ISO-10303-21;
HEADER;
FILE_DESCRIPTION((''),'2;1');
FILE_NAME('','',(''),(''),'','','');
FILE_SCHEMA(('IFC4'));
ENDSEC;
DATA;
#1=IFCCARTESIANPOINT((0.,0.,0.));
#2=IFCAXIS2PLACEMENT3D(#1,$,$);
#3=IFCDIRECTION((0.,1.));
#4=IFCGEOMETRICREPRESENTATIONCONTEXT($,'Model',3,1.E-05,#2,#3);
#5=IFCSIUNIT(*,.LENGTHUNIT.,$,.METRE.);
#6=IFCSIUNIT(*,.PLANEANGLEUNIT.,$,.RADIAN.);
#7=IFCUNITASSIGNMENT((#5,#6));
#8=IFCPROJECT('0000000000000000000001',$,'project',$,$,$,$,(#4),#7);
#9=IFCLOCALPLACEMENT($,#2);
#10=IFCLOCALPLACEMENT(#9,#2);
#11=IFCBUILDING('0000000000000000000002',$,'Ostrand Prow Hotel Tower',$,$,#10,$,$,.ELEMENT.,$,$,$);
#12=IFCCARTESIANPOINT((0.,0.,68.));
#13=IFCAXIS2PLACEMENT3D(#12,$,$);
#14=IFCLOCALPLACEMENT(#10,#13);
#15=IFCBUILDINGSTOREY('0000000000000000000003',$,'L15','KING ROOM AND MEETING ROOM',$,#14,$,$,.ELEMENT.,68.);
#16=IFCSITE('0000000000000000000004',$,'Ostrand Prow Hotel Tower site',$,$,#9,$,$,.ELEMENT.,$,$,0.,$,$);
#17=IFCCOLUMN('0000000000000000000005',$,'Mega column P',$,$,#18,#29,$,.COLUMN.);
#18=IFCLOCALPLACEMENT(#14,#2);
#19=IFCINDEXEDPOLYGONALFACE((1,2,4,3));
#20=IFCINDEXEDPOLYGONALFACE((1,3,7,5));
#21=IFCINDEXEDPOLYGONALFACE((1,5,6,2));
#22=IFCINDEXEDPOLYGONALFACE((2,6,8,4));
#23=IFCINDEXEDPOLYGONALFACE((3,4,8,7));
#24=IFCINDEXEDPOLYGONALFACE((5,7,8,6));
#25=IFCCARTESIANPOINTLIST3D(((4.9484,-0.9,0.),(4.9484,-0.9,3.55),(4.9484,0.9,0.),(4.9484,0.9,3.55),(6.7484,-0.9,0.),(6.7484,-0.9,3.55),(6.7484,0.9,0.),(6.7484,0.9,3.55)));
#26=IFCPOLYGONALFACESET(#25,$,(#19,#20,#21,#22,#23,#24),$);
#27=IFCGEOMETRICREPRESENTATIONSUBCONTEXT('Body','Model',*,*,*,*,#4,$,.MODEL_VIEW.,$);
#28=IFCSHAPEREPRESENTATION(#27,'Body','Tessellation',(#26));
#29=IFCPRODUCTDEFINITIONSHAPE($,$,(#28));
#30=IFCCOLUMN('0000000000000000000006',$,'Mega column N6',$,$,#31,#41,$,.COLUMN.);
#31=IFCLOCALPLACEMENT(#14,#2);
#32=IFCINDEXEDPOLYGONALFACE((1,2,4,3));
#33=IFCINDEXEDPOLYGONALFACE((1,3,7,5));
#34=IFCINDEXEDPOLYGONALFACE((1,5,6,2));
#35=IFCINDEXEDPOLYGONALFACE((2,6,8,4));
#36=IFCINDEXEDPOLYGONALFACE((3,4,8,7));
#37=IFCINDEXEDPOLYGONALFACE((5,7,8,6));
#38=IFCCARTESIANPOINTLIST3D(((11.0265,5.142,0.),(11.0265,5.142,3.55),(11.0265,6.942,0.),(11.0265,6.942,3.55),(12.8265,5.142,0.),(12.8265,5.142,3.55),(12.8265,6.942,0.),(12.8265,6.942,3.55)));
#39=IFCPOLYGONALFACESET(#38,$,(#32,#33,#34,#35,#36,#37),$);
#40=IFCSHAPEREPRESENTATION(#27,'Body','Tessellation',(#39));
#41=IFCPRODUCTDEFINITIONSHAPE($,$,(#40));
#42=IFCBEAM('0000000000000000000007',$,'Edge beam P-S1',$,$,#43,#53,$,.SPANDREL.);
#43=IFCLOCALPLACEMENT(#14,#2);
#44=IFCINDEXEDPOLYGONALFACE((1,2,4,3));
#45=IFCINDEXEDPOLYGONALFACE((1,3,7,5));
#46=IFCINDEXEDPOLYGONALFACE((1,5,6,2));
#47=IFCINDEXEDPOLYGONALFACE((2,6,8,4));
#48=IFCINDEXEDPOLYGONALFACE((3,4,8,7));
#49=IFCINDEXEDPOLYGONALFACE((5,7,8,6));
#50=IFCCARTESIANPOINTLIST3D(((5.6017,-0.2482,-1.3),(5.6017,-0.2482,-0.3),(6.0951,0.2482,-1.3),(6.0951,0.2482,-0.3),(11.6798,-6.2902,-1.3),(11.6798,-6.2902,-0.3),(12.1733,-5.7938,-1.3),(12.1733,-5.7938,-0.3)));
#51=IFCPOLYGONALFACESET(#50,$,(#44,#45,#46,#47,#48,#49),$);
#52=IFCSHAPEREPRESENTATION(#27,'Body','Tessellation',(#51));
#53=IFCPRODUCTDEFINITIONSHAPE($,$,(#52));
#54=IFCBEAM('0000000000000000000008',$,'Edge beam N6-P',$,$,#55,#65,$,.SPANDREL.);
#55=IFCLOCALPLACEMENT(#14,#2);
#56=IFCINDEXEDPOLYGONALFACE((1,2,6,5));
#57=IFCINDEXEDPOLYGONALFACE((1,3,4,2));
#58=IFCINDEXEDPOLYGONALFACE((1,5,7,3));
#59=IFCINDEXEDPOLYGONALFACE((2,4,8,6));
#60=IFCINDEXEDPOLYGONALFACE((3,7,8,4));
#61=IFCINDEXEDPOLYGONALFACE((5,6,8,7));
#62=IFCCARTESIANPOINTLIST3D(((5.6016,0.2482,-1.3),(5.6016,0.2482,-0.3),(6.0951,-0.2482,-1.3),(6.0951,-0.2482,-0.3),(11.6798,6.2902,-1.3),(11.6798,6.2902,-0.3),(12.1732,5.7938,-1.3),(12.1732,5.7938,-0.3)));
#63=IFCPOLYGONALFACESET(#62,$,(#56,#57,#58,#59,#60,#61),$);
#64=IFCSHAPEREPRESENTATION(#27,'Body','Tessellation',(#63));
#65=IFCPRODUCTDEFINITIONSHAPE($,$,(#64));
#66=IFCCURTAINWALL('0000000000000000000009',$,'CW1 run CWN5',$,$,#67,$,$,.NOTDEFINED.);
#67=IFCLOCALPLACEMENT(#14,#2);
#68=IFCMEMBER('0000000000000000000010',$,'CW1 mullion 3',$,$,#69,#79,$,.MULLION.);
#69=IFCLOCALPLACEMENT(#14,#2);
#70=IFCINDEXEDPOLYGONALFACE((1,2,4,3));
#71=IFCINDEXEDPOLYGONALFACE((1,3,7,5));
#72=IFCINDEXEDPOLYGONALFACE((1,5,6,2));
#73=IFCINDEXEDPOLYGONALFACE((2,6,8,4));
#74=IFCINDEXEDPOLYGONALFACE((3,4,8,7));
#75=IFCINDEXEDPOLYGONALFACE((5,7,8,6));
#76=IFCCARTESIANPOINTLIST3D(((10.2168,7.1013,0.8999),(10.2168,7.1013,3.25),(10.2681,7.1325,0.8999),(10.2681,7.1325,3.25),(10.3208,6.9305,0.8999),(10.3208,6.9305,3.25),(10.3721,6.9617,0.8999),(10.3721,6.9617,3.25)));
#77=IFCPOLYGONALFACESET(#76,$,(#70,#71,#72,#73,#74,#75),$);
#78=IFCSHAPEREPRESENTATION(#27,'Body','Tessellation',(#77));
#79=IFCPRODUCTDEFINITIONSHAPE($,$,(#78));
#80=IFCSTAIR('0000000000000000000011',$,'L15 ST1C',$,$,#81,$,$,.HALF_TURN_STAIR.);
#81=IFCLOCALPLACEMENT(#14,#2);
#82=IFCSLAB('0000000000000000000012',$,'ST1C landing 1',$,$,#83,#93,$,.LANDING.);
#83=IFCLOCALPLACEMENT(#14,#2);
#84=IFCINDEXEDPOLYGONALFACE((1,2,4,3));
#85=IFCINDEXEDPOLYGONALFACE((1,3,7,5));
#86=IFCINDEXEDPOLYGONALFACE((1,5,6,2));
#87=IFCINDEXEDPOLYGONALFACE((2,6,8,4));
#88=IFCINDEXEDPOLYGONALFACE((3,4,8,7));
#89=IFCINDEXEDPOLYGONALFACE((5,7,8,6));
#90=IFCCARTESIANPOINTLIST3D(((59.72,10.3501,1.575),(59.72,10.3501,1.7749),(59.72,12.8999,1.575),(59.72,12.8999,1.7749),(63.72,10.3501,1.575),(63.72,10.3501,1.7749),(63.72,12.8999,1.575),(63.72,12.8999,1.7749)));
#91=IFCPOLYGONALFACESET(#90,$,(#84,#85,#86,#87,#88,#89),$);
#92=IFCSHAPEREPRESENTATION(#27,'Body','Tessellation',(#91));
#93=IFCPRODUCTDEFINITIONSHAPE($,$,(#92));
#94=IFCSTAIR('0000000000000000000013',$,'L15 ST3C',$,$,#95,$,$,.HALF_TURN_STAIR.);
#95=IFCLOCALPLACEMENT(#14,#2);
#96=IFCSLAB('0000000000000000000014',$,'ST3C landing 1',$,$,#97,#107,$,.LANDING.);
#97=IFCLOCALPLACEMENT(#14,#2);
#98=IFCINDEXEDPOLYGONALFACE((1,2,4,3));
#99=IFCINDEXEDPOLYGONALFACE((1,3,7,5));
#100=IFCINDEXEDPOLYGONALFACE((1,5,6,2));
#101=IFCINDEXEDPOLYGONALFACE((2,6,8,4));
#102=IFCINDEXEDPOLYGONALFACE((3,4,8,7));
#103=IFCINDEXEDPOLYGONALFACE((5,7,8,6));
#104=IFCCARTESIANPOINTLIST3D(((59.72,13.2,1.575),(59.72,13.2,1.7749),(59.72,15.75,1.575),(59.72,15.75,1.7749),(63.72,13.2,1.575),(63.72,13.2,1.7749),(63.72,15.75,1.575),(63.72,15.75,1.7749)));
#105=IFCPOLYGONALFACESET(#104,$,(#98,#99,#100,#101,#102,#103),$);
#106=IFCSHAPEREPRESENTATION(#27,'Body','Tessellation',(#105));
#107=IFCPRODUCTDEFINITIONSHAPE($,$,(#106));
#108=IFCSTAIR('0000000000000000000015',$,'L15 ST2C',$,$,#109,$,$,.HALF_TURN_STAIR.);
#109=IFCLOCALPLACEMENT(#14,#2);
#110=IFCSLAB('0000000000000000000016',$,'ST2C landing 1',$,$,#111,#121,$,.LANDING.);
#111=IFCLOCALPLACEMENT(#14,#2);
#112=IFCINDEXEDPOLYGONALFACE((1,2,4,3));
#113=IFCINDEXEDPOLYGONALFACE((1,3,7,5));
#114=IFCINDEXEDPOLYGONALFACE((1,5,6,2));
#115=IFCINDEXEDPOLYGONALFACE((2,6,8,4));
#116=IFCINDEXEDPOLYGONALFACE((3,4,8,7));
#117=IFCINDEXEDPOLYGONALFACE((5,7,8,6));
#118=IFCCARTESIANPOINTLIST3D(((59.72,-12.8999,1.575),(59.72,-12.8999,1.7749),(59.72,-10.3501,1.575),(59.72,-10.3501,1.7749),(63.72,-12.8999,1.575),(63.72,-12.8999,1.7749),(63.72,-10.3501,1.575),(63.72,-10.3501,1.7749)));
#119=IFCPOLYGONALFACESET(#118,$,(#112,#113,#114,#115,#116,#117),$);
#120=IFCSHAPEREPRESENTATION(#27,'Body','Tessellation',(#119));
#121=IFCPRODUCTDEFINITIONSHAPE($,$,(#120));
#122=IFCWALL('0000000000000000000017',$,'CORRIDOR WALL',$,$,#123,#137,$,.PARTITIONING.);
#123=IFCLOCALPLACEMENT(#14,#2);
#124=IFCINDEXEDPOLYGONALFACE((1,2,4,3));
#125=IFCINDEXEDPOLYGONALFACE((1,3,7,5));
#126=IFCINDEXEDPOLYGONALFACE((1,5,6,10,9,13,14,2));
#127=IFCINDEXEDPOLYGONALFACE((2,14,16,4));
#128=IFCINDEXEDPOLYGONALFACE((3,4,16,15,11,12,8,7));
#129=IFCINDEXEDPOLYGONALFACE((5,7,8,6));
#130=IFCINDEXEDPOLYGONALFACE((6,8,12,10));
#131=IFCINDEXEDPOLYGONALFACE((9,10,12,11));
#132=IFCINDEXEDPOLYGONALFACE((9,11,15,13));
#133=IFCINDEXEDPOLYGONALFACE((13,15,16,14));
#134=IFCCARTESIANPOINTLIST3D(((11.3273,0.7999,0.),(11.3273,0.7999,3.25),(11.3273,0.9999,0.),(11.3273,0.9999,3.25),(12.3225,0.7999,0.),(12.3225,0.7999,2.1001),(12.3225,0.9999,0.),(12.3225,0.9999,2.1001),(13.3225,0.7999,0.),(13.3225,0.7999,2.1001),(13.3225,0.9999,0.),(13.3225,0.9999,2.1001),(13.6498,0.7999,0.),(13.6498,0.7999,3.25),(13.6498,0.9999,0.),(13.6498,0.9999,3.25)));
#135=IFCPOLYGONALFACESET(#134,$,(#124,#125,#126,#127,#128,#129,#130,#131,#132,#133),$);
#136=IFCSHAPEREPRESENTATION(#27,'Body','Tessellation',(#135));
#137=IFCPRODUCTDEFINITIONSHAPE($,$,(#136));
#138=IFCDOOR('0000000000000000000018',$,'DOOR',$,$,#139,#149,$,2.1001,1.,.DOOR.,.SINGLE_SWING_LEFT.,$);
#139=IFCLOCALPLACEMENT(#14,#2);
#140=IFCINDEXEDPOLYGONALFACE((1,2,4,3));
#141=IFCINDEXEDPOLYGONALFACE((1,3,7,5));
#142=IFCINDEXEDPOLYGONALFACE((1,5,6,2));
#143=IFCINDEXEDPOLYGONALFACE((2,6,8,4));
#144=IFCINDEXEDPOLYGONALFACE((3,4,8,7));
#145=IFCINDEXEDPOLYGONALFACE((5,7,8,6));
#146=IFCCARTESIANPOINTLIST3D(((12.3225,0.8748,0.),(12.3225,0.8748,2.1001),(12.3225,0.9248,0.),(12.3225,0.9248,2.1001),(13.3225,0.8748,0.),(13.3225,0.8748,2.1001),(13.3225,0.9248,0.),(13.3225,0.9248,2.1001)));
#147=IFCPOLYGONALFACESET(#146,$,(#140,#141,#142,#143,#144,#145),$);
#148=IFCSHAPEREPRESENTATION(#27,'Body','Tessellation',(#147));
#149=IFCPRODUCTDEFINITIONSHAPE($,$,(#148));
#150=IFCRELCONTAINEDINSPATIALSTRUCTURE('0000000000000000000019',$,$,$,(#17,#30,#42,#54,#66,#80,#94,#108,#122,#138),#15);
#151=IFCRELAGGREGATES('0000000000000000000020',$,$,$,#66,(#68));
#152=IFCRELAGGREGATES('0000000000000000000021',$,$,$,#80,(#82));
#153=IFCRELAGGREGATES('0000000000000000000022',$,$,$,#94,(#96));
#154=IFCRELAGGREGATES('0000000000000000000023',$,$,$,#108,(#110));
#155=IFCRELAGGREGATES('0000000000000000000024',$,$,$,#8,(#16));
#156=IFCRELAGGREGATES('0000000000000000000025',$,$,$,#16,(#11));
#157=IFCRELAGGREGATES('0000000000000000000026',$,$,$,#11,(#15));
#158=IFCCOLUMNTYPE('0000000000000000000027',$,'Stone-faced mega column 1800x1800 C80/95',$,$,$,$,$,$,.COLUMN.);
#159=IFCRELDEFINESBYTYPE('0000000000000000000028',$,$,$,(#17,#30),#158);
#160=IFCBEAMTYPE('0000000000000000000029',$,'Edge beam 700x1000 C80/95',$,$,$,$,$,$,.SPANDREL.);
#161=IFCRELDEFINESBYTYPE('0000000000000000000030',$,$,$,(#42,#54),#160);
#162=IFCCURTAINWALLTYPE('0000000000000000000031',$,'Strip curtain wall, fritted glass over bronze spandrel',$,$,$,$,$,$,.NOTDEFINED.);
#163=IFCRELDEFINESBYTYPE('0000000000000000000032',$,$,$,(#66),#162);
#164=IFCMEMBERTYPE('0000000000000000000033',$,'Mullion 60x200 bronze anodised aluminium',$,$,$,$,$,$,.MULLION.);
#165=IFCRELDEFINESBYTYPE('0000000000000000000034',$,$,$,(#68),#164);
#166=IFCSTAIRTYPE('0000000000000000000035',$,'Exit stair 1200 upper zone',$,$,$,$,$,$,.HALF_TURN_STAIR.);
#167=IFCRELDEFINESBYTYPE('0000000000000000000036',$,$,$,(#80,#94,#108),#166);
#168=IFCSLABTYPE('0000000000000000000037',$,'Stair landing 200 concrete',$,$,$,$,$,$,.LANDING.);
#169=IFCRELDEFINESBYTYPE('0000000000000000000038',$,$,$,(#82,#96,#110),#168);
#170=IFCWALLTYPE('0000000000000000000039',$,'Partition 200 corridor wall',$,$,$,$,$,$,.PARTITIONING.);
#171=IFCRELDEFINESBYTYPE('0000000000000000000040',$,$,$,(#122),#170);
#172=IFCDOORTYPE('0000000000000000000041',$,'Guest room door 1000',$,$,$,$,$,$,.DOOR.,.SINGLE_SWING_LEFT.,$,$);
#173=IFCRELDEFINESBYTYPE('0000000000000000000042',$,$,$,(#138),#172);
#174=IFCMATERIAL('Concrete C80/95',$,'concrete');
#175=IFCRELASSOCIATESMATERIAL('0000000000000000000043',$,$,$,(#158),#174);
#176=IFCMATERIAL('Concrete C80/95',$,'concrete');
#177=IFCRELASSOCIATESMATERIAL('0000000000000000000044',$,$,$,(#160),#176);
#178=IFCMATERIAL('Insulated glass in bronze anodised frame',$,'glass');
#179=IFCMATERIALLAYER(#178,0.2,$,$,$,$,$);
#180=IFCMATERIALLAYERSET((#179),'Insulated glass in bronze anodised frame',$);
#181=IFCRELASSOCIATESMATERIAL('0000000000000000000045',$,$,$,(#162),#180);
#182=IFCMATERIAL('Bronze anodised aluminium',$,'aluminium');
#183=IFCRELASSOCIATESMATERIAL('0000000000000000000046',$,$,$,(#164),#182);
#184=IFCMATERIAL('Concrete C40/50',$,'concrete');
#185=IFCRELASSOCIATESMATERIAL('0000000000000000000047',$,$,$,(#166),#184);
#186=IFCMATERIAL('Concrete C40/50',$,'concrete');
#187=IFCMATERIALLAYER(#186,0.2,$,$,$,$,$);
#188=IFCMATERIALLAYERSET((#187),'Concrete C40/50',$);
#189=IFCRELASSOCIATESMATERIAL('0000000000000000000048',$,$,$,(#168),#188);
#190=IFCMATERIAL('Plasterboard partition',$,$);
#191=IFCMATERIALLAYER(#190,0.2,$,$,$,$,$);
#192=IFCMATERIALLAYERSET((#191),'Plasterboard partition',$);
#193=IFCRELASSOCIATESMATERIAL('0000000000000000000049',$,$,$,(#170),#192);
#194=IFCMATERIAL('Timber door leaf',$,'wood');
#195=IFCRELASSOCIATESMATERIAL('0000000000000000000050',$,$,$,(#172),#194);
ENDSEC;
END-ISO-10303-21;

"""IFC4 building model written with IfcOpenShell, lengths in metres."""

from ifc_helpers import new_model, si_unit, direction, frame, frame_2d, origin, origin_2d, place, context, subcontext, project, spatial, polyline, rectangle, outline, extrude, material, layer, layer_set, material_profile, profile_set, type_object, element, fill, aggregate, save


model = new_model("IFC4")

# Units and contexts
model_context = context("Model", 3, precision=1e-05, world=origin(), true_north=direction((0.0, 1.0)))
body_context = subcontext(model_context, "Body", "Model", "MODEL_VIEW")
ifc_project = project(units=[si_unit("LENGTHUNIT", "METRE"), si_unit("PLANEANGLEUNIT", "RADIAN")], contexts=[model_context])

# Site, building, storey
site_placement = place(None, origin())
site = spatial("IfcSite", under=ifc_project, at=site_placement, Name="Ostrand Prow Hotel Tower site", CompositionType="ELEMENT", RefElevation=0.0)
building_placement = place(site_placement, origin())
building = spatial("IfcBuilding", under=site, at=building_placement, Name="Ostrand Prow Hotel Tower", CompositionType="ELEMENT")
storey_placement = place(building_placement, frame((0.0, 0.0, 68.0)))
storey = spatial("IfcBuildingStorey", under=building, at=storey_placement, Name="L15", Description="KING ROOM AND MEETING ROOM", CompositionType="ELEMENT", Elevation=68.0)

# Columns
ifc_material_1 = material(Name="Concrete C80/95", Category="concrete")
ifc_material_profile_1 = material_profile(ifc_material_1, rectangle(XDim=1.8, YDim=1.8, at=origin_2d()), Name="RC 1800x1800")
ifc_profile_set_1 = profile_set([ifc_material_profile_1], Name="Concrete C80/95")
column_type = type_object("IfcColumnType", Name="Stone-faced mega column 1800x1800 C80/95", PredefinedType="COLUMN", material=ifc_profile_set_1)
for number, where, z_axis, x_axis, name in (
    (1, (5.8484, 0.0, 0.0), (0.0, 0.0, 1.0), (1.0, 0.0, 0.0), "Mega column P"),
    (2, (11.9265, 6.042, 0.0), (0.0, 0.0, 1.0), (1.0, 0.0, 0.0), "Mega column N6"),
):
    element("IfcColumn", number, at=place(storey_placement, frame(where, z_axis=z_axis, x_axis=x_axis)), inside=storey, type_object=column_type, Name=name, PredefinedType="COLUMN", context=body_context, shape_type="SweptSolid", body=[
        extrude(rectangle(XDim=1.8, YDim=1.8, at=origin_2d()), origin(), (0.0, 0.0, 1.0), 3.55),
    ])

# Beams
ifc_material_2 = material(Name="Concrete C80/95", Category="concrete")
ifc_material_profile_2 = material_profile(ifc_material_2, rectangle(XDim=0.7, YDim=1.0, at=origin_2d()), Name="RC 700x1000")
ifc_profile_set_2 = profile_set([ifc_material_profile_2], Name="Concrete C80/95")
beam_type = type_object("IfcBeamType", Name="Edge beam 700x1000 C80/95", PredefinedType="SPANDREL", material=ifc_profile_set_2)
for number, where, z_axis, x_axis, name in (
    (3, (5.8484, 0.0, -0.8), (0.709212, -0.704996, 0.0), (0.704996, 0.709212, 0.0), "Edge beam P-S1"),
    (4, (11.9265, 6.042, -0.8), (-0.709212, -0.704996, 0.0), (0.704996, -0.709212, 0.0), "Edge beam N6-P"),
):
    element("IfcBeam", number, at=place(storey_placement, frame(where, z_axis=z_axis, x_axis=x_axis)), inside=storey, type_object=beam_type, Name=name, PredefinedType="SPANDREL", context=body_context, shape_type="SweptSolid", body=[
        extrude(rectangle(XDim=0.7, YDim=1.0, at=origin_2d()), origin(), (0.0, 0.0, 1.0), 8.5703),
    ])

# Curtain wall, member
ifc_material_3 = material(Name="Insulated glass in bronze anodised frame", Category="glass")
ifc_layer_1 = layer(ifc_material_3, 0.2)
ifc_layer_set_1 = layer_set([ifc_layer_1], Name="Insulated glass in bronze anodised frame")
curtain_wall_type = type_object("IfcCurtainWallType", Name="Strip curtain wall, fritted glass over bronze spandrel", PredefinedType="NOTDEFINED", material=ifc_layer_set_1)
curtain_wall_placement = place(storey_placement, origin())
curtain_wall = element("IfcCurtainWall", 5, at=curtain_wall_placement, inside=storey, type_object=curtain_wall_type, Name="CW1 run CWN5", PredefinedType="NOTDEFINED")
ifc_material_4 = material(Name="Bronze anodised aluminium", Category="aluminium")
ifc_material_profile_3 = material_profile(ifc_material_4, rectangle(XDim=0.2, YDim=0.0601, at=origin_2d()), Name="Mullion 60x200 bronze anodised aluminium")
ifc_profile_set_3 = profile_set([ifc_material_profile_3], Name="Bronze anodised aluminium")
member_type = type_object("IfcMemberType", Name="Mullion 60x200 bronze anodised aluminium", PredefinedType="MULLION", material=ifc_profile_set_3)
member_placement = place(storey_placement, frame((10.2944, 7.0315, 0.8999), z_axis=(0.0, 0.0, 1.0), x_axis=(0.519831, -0.854269, 0.0)))
member = element("IfcMember", 6, at=member_placement, type_object=member_type, Name="CW1 mullion 3", PredefinedType="MULLION", context=body_context, shape_type="SweptSolid", body=[
    extrude(rectangle(XDim=0.2, YDim=0.0601, at=origin_2d()), origin(), (0.0, 0.0, 1.0), 2.3501),
])
aggregate(curtain_wall, [member])

# Stairs, slabs
ifc_material_5 = material(Name="Concrete C40/50", Category="concrete")
stair_type = type_object("IfcStairType", Name="Exit stair 1200 upper zone", PredefinedType="HALF_TURN_STAIR", material=ifc_material_5)
stair_1_placement = place(storey_placement, origin())
stair_1 = element("IfcStair", 7, at=stair_1_placement, inside=storey, type_object=stair_type, Name="L15 ST1C", PredefinedType="HALF_TURN_STAIR")
ifc_material_6 = material(Name="Concrete C40/50", Category="concrete")
ifc_layer_2 = layer(ifc_material_6, 0.2)
ifc_layer_set_2 = layer_set([ifc_layer_2], Name="Concrete C40/50")
slab_type = type_object("IfcSlabType", Name="Stair landing 200 concrete", PredefinedType="LANDING", material=ifc_layer_set_2)
slab_1_placement = place(storey_placement, frame((0.0, 0.0, 1.575)))
slab_1 = element("IfcSlab", 8, at=slab_1_placement, type_object=slab_type, Name="ST1C landing 1", PredefinedType="LANDING", context=body_context, shape_type="SweptSolid", body=[
    extrude(outline(polyline([(59.72, 10.3501), (63.72, 10.3501), (63.72, 12.8999), (59.72, 12.8999), (59.72, 10.3501)])), origin(), (0.0, 0.0, 1.0), 0.2),
])
aggregate(stair_1, [slab_1])
stair_2_placement = place(storey_placement, origin())
stair_2 = element("IfcStair", 9, at=stair_2_placement, inside=storey, type_object=stair_type, Name="L15 ST3C", PredefinedType="HALF_TURN_STAIR")
slab_2_placement = place(storey_placement, frame((0.0, 0.0, 1.575)))
slab_2 = element("IfcSlab", 10, at=slab_2_placement, type_object=slab_type, Name="ST3C landing 1", PredefinedType="LANDING", context=body_context, shape_type="SweptSolid", body=[
    extrude(outline(polyline([(59.72, 13.2), (63.72, 13.2), (63.72, 15.75), (59.72, 15.75), (59.72, 13.2)])), origin(), (0.0, 0.0, 1.0), 0.2),
])
aggregate(stair_2, [slab_2])
stair_3_placement = place(storey_placement, origin())
stair_3 = element("IfcStair", 11, at=stair_3_placement, inside=storey, type_object=stair_type, Name="L15 ST2C", PredefinedType="HALF_TURN_STAIR")
slab_3_placement = place(storey_placement, frame((0.0, 0.0, 1.575)))
slab_3 = element("IfcSlab", 12, at=slab_3_placement, type_object=slab_type, Name="ST2C landing 1", PredefinedType="LANDING", context=body_context, shape_type="SweptSolid", body=[
    extrude(outline(polyline([(59.72, -12.8999), (63.72, -12.8999), (63.72, -10.3501), (59.72, -10.3501), (59.72, -12.8999)])), origin(), (0.0, 0.0, 1.0), 0.2),
])
aggregate(stair_3, [slab_3])

# Wall, opening, door
ifc_material_7 = material(Name="Plasterboard partition")
ifc_layer_3 = layer(ifc_material_7, 0.2)
ifc_layer_set_3 = layer_set([ifc_layer_3], Name="Plasterboard partition")
wall_type_1 = type_object("IfcWallType", Name="Partition 200 corridor wall", PredefinedType="PARTITIONING", material=ifc_layer_set_3)
wall_1_placement = place(storey_placement, frame((11.3274, 0.8999, 0.0), z_axis=(0.0, 0.0, 1.0), x_axis=(1.0, 0.0, 0.0)))
wall_1 = element("IfcWall", 13, at=wall_1_placement, inside=storey, type_object=wall_type_1, Name="CORRIDOR WALL", PredefinedType="PARTITIONING", context=body_context, shape_type="SweptSolid", body=[
    extrude(rectangle(XDim=2.3225, YDim=0.2, at=frame_2d((1.1611, 0.0))), origin(), (0.0, 0.0, 1.0), 3.25),
])
opening_1_placement = place(wall_1_placement, frame((0.9951, 0.0, 0.0)))
opening_1 = element("IfcOpeningElement", 14, at=opening_1_placement, cuts=wall_1, PredefinedType="OPENING", context=body_context, shape_type="SweptSolid", body=[
    extrude(rectangle(XDim=1.0, YDim=2.1001, at=frame_2d((0.5, 1.05))), frame((0.0, 0.1099, 0.0), z_axis=(0.0, -1.0, 0.0), x_axis=(1.0, 0.0, 0.0)), (0.0, 0.0, 1.0), 0.22),
])
ifc_material_8 = material(Name="Timber door leaf", Category="wood")
door_type = type_object("IfcDoorType", Name="Guest room door 1000", OperationType="SINGLE_SWING_LEFT", PredefinedType="DOOR", material=ifc_material_8)
door_placement = place(opening_1_placement, origin())
door = element("IfcDoor", 15, at=door_placement, inside=storey, type_object=door_type, Name="DOOR", OperationType="SINGLE_SWING_LEFT", OverallHeight=2.1001, OverallWidth=1.0, PredefinedType="DOOR", context=body_context, shape_type="SweptSolid", body=[
    extrude(rectangle(XDim=1.0, YDim=2.1001, at=frame_2d((0.5, 1.05))), frame((0.0, 0.0249, 0.0), z_axis=(0.0, -1.0, 0.0), x_axis=(1.0, 0.0, 0.0)), (0.0, 0.0, 1.0), 0.05),
])
fill(opening_1, door)

save(model, "model.ifc")
